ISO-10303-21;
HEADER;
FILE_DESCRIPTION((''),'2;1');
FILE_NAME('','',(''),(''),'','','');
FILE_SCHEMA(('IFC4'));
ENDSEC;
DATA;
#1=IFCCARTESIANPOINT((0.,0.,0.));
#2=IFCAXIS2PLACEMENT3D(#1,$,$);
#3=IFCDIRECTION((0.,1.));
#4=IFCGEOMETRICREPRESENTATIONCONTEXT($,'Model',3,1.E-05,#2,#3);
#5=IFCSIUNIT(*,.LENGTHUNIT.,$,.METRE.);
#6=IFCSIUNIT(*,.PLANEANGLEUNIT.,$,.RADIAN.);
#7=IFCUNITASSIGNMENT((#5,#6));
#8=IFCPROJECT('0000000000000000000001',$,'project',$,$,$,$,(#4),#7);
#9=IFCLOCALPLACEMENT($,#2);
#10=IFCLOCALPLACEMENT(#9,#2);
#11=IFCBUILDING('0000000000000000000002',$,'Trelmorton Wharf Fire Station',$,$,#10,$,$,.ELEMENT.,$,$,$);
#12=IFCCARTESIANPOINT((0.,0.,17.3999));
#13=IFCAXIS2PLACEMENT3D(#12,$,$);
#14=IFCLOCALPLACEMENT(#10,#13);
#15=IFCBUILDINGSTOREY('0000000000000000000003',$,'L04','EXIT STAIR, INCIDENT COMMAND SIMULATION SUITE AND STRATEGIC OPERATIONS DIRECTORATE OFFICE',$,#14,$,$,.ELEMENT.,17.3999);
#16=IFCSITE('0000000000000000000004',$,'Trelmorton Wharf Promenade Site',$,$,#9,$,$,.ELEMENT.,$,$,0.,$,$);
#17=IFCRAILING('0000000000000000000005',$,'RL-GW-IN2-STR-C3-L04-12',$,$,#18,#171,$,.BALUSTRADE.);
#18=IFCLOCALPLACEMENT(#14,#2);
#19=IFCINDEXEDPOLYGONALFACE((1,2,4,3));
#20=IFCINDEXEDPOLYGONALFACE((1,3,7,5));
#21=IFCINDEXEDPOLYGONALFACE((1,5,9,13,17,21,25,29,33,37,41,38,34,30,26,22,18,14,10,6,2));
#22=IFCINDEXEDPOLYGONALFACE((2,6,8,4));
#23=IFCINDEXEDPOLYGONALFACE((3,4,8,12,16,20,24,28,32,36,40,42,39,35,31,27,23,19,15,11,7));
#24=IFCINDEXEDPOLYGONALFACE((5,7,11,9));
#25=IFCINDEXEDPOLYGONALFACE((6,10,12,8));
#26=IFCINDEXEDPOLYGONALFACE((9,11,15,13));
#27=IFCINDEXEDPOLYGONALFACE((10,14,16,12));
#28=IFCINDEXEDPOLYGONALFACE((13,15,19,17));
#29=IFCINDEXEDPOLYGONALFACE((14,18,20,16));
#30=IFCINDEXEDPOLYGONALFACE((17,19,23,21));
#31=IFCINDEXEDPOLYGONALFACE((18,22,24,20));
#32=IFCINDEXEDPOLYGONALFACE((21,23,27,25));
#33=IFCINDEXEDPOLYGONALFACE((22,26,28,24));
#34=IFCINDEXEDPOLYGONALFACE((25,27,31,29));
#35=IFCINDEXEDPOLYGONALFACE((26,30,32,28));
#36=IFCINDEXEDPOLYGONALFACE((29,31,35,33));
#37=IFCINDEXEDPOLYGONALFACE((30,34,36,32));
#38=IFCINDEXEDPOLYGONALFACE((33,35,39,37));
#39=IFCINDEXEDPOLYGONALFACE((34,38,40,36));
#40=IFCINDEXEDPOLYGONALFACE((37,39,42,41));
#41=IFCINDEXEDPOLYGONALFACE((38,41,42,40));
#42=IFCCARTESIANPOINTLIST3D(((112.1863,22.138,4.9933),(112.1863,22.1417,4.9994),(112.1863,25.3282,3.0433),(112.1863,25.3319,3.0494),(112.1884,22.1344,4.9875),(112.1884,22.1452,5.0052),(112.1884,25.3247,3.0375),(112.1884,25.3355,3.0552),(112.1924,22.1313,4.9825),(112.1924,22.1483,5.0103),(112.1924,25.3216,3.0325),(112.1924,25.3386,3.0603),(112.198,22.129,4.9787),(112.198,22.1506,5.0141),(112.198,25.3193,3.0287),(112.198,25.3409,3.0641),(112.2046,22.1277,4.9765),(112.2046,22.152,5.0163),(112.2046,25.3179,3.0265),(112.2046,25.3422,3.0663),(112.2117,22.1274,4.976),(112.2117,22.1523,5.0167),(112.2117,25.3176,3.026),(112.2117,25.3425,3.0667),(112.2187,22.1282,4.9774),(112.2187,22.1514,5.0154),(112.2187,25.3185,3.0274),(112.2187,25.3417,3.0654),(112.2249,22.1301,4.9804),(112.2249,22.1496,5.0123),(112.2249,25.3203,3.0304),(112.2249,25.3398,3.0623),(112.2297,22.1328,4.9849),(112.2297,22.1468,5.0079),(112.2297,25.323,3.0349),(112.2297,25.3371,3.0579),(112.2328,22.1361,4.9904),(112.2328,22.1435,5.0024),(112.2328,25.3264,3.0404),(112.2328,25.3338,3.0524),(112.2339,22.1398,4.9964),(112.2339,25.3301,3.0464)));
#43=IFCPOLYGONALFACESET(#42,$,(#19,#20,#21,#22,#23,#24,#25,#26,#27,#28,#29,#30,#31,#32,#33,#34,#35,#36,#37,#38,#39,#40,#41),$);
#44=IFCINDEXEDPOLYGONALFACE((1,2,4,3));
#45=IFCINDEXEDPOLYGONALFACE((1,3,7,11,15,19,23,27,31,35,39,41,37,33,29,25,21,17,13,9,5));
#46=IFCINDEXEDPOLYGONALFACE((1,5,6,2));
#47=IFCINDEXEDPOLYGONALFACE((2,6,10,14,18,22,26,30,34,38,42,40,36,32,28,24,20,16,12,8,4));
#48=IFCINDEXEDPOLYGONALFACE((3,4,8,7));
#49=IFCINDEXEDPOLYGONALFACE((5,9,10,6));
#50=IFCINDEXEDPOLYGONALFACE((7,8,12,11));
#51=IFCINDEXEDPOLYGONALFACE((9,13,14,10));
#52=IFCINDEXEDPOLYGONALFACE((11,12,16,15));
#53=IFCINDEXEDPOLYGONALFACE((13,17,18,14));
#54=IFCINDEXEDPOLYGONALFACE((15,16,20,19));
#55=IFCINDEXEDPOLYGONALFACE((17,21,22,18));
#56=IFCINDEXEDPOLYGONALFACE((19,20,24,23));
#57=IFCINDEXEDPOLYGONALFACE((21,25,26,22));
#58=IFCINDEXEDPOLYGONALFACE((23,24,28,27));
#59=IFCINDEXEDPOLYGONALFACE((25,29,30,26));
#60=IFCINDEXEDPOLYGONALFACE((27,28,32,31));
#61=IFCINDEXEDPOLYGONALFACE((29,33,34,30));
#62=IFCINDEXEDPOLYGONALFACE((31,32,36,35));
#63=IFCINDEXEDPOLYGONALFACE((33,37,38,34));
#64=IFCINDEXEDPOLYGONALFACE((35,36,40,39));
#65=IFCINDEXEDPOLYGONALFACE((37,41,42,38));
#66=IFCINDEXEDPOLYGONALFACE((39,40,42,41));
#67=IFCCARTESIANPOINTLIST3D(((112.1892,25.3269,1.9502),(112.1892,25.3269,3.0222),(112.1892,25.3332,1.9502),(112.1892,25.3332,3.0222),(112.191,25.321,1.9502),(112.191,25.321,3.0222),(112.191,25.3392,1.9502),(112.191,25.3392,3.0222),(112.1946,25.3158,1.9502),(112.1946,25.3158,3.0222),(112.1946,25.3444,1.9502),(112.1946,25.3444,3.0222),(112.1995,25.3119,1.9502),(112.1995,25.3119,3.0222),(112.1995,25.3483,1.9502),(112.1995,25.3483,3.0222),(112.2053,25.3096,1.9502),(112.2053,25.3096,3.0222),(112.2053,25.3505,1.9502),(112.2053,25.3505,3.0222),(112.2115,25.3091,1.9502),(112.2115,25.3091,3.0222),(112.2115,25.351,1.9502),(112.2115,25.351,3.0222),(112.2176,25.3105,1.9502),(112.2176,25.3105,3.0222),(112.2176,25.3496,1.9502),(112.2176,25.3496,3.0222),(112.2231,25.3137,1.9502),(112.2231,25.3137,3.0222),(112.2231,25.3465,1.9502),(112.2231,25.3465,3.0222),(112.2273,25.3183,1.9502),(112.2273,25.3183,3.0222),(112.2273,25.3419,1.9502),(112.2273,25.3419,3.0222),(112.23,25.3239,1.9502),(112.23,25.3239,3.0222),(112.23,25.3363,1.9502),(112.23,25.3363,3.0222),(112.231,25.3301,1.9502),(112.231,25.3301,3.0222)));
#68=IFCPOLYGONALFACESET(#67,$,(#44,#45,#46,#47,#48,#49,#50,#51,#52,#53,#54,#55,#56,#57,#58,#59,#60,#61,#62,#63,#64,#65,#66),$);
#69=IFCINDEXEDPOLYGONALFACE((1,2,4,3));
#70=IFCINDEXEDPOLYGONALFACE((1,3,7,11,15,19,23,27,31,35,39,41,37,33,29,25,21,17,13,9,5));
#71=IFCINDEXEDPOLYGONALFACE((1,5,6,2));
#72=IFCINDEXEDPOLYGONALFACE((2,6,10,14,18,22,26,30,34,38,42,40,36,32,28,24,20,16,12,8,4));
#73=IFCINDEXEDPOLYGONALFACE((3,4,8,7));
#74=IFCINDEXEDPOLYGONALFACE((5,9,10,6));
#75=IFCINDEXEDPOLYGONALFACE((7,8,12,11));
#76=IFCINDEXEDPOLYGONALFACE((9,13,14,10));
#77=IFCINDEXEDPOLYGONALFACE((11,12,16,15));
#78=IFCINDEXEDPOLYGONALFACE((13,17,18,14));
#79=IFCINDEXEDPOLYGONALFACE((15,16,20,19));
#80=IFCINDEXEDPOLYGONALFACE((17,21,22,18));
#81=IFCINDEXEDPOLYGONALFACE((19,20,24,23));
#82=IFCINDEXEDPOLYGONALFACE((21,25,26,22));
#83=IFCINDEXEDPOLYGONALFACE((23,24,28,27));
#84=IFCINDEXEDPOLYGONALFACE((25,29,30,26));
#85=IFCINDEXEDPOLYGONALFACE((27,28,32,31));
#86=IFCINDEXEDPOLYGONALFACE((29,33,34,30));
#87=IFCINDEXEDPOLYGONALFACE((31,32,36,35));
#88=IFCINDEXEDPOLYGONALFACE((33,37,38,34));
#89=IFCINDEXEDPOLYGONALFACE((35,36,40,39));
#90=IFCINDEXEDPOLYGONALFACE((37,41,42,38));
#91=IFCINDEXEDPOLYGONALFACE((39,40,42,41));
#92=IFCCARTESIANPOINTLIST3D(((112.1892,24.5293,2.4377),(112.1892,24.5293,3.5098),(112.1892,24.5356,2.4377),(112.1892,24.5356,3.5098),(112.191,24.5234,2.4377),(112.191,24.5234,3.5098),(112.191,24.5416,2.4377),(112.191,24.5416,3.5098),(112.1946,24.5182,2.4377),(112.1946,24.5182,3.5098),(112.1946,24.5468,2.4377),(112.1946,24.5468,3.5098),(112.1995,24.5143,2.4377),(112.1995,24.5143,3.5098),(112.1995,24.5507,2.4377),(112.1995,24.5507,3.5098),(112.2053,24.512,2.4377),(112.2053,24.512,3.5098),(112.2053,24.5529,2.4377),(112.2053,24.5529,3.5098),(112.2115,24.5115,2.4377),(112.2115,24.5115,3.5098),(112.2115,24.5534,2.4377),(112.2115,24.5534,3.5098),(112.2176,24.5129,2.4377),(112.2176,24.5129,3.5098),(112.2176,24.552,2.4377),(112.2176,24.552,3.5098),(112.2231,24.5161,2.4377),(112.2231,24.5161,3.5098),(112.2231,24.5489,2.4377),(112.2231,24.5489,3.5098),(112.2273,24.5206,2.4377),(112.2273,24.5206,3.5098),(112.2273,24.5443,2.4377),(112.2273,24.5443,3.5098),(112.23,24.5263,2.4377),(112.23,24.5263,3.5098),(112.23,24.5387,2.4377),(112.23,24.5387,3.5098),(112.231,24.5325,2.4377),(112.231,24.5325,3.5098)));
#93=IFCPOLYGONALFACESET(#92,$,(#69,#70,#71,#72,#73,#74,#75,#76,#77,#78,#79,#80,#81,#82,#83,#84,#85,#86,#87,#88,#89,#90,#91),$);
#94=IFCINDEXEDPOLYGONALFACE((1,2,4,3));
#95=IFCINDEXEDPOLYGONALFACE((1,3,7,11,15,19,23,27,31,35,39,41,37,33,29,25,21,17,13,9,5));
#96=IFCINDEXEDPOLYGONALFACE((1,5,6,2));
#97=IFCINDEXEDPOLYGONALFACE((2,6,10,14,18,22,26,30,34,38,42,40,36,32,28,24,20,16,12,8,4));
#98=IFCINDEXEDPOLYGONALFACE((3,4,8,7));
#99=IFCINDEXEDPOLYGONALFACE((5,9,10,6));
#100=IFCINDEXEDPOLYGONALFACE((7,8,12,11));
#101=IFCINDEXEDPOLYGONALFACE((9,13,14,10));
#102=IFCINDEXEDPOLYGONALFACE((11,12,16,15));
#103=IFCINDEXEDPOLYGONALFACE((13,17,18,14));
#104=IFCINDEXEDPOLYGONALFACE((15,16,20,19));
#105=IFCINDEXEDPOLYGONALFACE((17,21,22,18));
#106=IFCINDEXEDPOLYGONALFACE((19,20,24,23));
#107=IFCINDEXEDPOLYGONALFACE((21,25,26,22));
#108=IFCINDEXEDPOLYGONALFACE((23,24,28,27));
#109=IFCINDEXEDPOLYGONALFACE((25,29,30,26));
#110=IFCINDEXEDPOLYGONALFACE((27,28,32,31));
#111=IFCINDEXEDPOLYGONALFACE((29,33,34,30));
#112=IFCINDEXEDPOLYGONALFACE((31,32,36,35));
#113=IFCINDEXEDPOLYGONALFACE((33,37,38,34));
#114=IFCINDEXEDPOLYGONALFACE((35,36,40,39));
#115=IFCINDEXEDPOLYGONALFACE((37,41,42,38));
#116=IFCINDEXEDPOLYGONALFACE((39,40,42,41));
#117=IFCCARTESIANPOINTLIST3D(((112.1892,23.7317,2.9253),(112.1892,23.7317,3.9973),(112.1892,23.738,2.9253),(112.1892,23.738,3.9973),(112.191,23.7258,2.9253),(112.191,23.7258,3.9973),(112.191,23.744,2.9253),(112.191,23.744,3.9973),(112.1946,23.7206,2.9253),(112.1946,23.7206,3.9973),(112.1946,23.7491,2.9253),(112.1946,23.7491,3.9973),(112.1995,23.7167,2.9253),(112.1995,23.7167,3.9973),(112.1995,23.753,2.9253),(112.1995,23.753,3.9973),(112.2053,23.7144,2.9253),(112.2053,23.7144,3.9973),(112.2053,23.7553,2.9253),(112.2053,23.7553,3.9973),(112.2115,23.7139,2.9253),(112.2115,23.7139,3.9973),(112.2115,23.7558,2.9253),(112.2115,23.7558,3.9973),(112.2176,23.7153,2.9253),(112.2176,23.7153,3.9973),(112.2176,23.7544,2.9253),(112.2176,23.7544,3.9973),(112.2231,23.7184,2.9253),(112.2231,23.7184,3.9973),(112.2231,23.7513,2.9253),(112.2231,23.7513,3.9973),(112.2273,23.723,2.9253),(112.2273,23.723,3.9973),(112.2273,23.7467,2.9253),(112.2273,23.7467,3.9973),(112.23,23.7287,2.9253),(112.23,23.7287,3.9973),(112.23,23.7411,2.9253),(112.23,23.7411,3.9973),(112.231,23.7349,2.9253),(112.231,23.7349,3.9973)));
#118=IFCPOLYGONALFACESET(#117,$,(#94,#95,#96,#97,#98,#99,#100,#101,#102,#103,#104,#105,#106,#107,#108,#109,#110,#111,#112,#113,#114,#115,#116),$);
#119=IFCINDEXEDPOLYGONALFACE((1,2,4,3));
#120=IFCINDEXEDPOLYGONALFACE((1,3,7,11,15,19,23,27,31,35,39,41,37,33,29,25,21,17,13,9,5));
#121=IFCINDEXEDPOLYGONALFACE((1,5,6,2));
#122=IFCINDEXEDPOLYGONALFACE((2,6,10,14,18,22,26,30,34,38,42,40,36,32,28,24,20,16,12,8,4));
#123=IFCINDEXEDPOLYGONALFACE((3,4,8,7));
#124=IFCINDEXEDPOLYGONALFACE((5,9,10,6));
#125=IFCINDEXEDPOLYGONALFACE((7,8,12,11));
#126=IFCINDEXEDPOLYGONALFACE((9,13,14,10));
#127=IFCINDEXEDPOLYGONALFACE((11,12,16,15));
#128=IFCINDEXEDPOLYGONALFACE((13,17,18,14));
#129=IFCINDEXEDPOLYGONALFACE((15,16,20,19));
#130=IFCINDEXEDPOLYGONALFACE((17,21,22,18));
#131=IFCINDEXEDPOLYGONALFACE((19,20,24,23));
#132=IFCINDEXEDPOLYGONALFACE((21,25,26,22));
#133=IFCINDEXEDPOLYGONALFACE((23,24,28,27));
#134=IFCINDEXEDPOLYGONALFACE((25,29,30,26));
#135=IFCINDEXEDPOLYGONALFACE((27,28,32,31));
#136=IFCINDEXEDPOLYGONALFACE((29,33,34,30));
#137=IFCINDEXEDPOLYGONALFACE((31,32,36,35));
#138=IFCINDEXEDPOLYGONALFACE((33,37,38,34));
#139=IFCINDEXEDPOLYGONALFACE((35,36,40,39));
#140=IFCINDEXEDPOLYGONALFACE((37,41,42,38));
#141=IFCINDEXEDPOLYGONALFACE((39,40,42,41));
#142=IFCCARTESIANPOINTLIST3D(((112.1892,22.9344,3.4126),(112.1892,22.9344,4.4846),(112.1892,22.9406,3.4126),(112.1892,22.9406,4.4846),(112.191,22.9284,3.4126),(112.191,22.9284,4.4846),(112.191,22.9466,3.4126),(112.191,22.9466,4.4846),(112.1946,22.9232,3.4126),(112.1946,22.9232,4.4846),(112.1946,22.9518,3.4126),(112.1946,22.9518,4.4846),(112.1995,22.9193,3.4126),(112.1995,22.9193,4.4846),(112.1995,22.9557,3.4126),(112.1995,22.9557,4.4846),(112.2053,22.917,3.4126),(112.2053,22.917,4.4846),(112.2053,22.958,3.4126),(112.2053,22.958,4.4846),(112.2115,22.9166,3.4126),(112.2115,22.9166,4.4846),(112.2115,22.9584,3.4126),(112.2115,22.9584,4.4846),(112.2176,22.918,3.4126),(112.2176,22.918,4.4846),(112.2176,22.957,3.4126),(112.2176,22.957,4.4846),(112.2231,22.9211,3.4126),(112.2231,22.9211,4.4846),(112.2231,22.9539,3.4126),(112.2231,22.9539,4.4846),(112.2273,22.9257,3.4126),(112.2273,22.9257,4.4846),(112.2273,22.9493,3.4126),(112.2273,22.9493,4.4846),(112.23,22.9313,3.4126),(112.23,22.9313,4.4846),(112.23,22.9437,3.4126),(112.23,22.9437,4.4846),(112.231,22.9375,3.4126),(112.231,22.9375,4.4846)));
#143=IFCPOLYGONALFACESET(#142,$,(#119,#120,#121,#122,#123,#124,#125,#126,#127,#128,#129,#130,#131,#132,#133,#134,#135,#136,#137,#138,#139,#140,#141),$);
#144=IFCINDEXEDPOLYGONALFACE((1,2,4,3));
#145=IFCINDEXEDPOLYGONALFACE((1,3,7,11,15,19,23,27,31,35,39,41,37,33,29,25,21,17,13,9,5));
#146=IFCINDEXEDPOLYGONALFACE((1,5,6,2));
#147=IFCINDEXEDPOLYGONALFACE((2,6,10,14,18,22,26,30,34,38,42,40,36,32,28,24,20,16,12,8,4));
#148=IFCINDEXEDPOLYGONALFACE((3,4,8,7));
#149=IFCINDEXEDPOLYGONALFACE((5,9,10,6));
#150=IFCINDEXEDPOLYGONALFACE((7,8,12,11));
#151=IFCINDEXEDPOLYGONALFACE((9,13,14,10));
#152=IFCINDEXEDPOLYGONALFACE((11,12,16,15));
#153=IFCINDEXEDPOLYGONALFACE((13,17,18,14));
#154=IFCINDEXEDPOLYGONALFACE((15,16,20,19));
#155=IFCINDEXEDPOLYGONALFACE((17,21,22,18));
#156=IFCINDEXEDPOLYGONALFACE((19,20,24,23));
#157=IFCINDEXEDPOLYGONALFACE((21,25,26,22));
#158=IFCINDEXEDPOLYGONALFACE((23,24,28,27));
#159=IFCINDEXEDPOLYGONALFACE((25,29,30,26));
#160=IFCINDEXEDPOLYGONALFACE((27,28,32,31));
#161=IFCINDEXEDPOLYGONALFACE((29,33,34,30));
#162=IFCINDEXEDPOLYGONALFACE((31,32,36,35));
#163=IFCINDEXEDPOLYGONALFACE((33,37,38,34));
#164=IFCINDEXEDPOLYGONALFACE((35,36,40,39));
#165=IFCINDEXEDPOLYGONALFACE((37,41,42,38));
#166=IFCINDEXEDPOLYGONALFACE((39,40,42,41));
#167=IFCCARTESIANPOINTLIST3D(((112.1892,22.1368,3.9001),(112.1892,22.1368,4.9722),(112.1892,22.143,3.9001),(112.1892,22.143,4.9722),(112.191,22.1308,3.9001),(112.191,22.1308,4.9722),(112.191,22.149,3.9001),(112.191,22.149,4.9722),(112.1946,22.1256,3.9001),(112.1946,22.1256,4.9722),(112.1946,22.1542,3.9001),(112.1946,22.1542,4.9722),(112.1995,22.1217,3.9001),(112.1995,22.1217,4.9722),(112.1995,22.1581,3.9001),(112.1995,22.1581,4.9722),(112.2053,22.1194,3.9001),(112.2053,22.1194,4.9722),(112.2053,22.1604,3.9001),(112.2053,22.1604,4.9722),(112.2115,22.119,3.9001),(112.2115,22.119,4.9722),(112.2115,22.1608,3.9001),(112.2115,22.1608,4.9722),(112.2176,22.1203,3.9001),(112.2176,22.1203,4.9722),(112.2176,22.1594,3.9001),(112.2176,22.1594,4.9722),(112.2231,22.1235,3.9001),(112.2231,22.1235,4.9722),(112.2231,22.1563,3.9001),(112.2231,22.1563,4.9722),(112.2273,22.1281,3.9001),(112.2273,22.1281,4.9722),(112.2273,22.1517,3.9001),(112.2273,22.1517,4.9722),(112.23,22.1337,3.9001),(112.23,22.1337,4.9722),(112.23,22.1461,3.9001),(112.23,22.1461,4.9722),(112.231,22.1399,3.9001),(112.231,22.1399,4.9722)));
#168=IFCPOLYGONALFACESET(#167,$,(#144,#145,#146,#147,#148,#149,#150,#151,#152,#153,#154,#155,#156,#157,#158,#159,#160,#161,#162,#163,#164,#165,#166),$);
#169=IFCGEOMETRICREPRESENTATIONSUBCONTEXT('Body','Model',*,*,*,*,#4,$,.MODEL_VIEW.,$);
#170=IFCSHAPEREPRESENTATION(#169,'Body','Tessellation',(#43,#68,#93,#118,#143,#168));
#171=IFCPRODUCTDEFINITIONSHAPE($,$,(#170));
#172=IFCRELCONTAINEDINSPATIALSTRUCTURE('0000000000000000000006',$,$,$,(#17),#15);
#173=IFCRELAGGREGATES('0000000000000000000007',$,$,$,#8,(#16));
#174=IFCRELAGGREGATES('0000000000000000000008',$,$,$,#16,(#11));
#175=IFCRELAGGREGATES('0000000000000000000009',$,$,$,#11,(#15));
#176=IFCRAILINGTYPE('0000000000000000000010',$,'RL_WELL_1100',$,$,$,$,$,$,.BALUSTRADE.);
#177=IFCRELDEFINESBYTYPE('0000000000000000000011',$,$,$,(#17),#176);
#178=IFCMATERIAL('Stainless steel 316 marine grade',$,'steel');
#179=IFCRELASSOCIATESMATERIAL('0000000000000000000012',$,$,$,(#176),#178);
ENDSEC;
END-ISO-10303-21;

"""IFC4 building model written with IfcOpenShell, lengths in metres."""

from ifc_helpers import new_model, si_unit, direction, frame, origin, origin_2d, place, context, subcontext, project, spatial, circle, extrude, material, type_object, element, save


model = new_model("IFC4")

# Units and contexts
model_context = context("Model", 3, precision=1e-05, world=origin(), true_north=direction((0.0, 1.0)))
body_context = subcontext(model_context, "Body", "Model", "MODEL_VIEW")
ifc_project = project(units=[si_unit("LENGTHUNIT", "METRE"), si_unit("PLANEANGLEUNIT", "RADIAN")], contexts=[model_context])

# Site, building, storey
site_placement = place(None, origin())
site = spatial("IfcSite", under=ifc_project, at=site_placement, Name="Trelmorton Wharf Promenade Site", CompositionType="ELEMENT", RefElevation=0.0)
building_placement = place(site_placement, origin())
building = spatial("IfcBuilding", under=site, at=building_placement, Name="Trelmorton Wharf Fire Station", CompositionType="ELEMENT")
storey_placement = place(building_placement, frame((0.0, 0.0, 17.3999)))
storey = spatial("IfcBuildingStorey", under=building, at=storey_placement, Name="L04", Description="EXIT STAIR, INCIDENT COMMAND SIMULATION SUITE AND STRATEGIC OPERATIONS DIRECTORATE OFFICE", CompositionType="ELEMENT", Elevation=17.3999)

# Shared definitions
ifc_material_1 = material(Name="Stainless steel 316 marine grade", Category="steel")

# Railing
railing_type_1 = type_object("IfcRailingType", Name="RL_WELL_1100", PredefinedType="BALUSTRADE", material=ifc_material_1)
railing_1_placement = place(storey_placement, frame((112.21, 25.3301, 1.9502)))
element("IfcRailing", 1, at=railing_1_placement, inside=storey, type_object=railing_type_1, Name="RL-GW-IN2-STR-C3-L04-12", PredefinedType="BALUSTRADE", context=body_context, shape_type="SweptSolid", body=[
    extrude(circle(Radius=0.0239, at=origin_2d()), frame((0.0, 0.0, 1.0962), z_axis=(0.0, -0.853235, 0.521527), x_axis=(1.0, 0.0, 0.0)), (0.0, 0.0, 1.0), 3.739),
    extrude(circle(Radius=0.021, at=origin_2d()), origin(), (0.0, 0.0, 1.0), 1.072),
    extrude(circle(Radius=0.021, at=origin_2d()), frame((0.0, -0.7976, 0.4875)), (0.0, 0.0, 1.0), 1.072),
    extrude(circle(Radius=0.021, at=origin_2d()), frame((0.0, -1.5952, 0.9751)), (0.0, 0.0, 1.0), 1.072),
    extrude(circle(Radius=0.021, at=origin_2d()), frame((0.0, -2.3926, 1.4624)), (0.0, 0.0, 1.0), 1.072),
    extrude(circle(Radius=0.021, at=origin_2d()), frame((0.0, -3.1902, 1.95)), (0.0, 0.0, 1.0), 1.072),
])

save(model, "model.ifc")
